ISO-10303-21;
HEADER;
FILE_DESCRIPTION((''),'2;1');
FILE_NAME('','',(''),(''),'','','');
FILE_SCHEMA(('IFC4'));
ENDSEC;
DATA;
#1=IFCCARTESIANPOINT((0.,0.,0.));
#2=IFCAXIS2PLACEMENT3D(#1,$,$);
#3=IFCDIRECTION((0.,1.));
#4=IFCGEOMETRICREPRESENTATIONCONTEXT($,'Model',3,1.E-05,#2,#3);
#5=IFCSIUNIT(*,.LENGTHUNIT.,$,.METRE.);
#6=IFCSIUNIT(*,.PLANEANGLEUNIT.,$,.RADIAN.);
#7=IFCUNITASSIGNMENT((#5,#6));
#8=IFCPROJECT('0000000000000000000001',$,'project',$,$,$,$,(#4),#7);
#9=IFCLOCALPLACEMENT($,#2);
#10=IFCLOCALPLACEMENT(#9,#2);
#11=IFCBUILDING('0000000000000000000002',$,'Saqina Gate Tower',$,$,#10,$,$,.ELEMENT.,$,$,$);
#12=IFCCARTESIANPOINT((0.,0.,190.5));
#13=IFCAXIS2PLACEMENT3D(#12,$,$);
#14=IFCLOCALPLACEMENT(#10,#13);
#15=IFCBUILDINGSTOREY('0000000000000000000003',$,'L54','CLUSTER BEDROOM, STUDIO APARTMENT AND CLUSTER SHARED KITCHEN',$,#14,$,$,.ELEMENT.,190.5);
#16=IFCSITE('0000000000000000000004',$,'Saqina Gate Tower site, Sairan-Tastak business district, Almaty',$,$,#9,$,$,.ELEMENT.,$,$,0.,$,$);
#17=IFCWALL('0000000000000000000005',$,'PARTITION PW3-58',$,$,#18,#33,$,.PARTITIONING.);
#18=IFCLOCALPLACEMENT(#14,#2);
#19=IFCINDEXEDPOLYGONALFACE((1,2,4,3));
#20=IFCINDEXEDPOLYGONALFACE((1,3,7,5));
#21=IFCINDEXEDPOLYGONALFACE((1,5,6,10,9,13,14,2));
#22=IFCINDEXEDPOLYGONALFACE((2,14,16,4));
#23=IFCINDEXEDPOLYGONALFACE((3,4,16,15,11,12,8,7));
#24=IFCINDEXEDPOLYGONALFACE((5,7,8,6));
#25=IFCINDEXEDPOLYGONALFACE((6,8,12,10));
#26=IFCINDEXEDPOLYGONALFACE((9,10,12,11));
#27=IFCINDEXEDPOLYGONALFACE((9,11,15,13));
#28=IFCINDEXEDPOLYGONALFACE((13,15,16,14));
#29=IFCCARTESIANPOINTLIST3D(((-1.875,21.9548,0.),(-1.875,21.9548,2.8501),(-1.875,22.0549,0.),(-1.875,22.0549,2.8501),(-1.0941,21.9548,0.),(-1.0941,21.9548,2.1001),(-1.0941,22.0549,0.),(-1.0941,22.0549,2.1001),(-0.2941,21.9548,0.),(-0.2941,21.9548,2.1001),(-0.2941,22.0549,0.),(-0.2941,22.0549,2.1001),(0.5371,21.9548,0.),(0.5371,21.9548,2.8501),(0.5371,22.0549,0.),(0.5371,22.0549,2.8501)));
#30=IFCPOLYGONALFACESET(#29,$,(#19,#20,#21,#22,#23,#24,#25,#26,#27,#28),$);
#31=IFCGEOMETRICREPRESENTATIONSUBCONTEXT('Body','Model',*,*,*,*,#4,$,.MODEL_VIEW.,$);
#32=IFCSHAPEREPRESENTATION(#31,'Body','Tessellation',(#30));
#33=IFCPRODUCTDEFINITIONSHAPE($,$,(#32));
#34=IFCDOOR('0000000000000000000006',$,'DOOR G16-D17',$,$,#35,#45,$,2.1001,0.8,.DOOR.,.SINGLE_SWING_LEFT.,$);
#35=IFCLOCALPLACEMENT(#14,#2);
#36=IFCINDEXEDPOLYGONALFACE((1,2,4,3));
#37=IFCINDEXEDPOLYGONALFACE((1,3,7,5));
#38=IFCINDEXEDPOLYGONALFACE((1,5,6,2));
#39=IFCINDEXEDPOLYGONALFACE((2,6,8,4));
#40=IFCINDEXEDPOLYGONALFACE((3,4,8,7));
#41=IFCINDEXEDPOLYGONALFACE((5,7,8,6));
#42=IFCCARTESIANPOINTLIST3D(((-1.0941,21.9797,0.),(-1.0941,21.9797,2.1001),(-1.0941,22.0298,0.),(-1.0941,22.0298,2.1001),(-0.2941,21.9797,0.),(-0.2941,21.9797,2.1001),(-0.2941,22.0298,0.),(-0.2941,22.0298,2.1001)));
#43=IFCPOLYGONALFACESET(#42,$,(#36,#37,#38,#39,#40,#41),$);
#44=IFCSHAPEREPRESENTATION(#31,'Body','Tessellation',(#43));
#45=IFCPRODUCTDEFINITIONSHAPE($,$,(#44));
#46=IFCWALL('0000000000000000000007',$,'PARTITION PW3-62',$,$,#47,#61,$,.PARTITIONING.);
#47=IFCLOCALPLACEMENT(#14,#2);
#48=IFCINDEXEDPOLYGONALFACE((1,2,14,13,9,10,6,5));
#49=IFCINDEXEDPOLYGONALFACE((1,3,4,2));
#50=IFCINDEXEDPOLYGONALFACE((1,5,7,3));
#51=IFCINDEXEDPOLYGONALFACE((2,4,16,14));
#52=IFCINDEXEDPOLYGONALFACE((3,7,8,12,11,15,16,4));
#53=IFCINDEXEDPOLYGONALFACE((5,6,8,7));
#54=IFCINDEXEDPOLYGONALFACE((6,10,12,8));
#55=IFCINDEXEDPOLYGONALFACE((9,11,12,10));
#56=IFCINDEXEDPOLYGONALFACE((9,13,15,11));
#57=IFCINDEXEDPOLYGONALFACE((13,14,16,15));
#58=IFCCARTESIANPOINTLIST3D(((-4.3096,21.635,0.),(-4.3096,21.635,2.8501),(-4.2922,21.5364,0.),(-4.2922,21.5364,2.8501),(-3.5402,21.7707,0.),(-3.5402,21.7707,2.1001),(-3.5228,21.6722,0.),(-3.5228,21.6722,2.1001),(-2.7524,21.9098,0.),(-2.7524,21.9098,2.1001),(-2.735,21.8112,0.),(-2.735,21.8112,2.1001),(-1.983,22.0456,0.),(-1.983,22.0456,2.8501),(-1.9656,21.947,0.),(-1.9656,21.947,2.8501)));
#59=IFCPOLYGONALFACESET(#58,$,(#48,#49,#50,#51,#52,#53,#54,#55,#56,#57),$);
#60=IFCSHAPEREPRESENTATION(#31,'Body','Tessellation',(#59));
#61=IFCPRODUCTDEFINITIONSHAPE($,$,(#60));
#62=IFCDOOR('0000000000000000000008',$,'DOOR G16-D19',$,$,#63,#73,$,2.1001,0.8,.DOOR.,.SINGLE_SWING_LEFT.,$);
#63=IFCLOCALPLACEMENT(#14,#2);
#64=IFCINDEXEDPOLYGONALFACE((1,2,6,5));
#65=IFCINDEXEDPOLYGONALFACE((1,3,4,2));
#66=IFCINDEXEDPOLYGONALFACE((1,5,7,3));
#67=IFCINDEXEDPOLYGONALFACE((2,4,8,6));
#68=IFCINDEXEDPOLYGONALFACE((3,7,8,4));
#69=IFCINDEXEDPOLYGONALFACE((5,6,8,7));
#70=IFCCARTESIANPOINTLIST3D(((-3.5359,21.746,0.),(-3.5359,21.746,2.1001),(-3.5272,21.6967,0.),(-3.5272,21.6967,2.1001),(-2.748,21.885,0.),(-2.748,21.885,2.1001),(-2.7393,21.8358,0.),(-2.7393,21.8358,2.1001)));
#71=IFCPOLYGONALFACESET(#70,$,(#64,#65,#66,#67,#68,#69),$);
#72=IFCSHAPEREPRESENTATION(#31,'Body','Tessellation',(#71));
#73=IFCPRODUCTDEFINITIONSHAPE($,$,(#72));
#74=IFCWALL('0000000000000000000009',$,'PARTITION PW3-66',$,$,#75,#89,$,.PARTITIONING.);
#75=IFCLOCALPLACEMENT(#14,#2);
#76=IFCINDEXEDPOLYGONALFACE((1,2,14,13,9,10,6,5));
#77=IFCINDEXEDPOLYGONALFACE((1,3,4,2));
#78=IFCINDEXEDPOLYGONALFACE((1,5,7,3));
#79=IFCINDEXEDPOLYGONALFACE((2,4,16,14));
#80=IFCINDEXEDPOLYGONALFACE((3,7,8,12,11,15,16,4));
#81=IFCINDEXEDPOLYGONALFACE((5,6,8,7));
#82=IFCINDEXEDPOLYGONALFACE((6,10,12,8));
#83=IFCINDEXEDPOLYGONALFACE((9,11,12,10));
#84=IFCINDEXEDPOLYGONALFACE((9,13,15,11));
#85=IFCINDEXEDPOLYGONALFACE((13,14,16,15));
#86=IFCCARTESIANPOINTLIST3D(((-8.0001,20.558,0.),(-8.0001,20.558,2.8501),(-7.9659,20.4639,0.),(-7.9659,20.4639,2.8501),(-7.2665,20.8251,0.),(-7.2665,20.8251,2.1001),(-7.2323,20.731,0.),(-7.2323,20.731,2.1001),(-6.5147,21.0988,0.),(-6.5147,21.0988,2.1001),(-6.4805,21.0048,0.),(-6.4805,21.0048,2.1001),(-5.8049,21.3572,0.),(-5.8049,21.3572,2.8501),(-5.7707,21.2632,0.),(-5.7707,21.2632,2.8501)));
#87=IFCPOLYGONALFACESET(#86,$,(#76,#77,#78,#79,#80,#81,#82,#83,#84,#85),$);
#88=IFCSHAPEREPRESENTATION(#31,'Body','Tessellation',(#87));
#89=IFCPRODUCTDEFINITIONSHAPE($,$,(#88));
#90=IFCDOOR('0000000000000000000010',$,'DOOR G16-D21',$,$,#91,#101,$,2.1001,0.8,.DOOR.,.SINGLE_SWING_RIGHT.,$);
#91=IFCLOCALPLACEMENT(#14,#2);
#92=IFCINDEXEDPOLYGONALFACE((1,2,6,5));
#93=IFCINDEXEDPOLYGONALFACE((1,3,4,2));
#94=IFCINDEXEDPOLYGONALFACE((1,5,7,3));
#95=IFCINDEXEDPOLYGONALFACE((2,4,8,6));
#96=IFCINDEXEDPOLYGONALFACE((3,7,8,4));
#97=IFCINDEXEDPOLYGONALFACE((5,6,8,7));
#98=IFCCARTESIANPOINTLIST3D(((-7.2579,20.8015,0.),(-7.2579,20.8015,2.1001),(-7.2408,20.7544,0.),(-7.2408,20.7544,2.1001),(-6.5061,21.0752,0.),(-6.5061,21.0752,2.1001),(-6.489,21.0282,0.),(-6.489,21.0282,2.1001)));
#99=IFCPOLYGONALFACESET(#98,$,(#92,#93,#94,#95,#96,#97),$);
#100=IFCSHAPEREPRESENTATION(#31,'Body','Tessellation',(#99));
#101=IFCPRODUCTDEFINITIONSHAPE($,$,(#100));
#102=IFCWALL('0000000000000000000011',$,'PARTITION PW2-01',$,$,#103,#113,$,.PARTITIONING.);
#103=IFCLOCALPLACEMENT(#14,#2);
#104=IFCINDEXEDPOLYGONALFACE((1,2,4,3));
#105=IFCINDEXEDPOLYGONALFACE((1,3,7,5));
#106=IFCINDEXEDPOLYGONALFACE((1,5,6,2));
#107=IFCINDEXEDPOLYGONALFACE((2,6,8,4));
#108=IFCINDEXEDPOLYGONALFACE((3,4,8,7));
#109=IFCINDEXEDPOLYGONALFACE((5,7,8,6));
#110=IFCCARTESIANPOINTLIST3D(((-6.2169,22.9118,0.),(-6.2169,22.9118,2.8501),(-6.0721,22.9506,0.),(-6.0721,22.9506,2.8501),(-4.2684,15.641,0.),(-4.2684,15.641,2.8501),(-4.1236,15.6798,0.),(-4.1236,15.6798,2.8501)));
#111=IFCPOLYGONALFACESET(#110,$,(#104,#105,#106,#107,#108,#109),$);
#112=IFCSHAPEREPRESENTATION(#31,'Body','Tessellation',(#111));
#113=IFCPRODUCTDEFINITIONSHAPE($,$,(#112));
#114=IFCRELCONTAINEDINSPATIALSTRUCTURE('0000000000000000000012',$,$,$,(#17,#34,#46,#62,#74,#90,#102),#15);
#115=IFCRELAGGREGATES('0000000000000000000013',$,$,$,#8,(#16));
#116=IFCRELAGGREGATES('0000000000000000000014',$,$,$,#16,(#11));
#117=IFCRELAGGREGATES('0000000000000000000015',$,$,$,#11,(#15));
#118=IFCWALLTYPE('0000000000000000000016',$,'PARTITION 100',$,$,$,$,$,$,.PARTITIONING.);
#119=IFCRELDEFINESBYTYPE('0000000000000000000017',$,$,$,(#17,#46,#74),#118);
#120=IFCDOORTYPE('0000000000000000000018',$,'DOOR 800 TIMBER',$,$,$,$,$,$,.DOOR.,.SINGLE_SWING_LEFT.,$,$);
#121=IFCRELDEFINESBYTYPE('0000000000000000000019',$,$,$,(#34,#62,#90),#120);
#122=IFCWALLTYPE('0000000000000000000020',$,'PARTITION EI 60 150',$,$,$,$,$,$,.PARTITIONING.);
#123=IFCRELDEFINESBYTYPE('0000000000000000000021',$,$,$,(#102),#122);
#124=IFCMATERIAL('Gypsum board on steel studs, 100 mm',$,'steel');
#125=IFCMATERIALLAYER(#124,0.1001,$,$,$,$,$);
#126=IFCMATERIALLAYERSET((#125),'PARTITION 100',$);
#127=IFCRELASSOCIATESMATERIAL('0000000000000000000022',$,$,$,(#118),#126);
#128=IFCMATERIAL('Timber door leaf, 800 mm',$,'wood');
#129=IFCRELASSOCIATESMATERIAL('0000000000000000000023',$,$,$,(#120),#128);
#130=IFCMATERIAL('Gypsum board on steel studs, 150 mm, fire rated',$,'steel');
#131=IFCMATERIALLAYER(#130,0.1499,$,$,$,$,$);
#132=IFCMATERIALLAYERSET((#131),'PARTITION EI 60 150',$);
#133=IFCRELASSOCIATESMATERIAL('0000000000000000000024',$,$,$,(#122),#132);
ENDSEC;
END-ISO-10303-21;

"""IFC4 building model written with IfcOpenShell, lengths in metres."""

from ifc_helpers import new_model, si_unit, direction, frame, frame_2d, origin, place, context, subcontext, project, spatial, rectangle, extrude, material, layer, layer_set, type_object, element, fill, save


model = new_model("IFC4")

# Units and contexts
model_context = context("Model", 3, precision=1e-05, world=origin(), true_north=direction((0.0, 1.0)))
body_context = subcontext(model_context, "Body", "Model", "MODEL_VIEW")
ifc_project = project(units=[si_unit("LENGTHUNIT", "METRE"), si_unit("PLANEANGLEUNIT", "RADIAN")], contexts=[model_context])

# Site, building, storey
site_placement = place(None, origin())
site = spatial("IfcSite", under=ifc_project, at=site_placement, Name="Saqina Gate Tower site, Sairan-Tastak business district, Almaty", CompositionType="ELEMENT", RefElevation=0.0)
building_placement = place(site_placement, origin())
building = spatial("IfcBuilding", under=site, at=building_placement, Name="Saqina Gate Tower", CompositionType="ELEMENT")
storey_placement = place(building_placement, frame((0.0, 0.0, 190.5)))
storey = spatial("IfcBuildingStorey", under=building, at=storey_placement, Name="L54", Description="CLUSTER BEDROOM, STUDIO APARTMENT AND CLUSTER SHARED KITCHEN", CompositionType="ELEMENT", Elevation=190.5)

# Shared definitions
ifc_material_1 = material(Name="Gypsum board on steel studs, 100 mm", Category="steel")
ifc_layer_1 = layer(ifc_material_1, 0.1001)
ifc_layer_set_1 = layer_set([ifc_layer_1], Name="PARTITION 100")
wall_type_1 = type_object("IfcWallType", Name="PARTITION 100", PredefinedType="PARTITIONING", material=ifc_layer_set_1)

# Walls, openings, doors
wall_1_placement = place(storey_placement, frame((-1.875, 22.0049, 0.0), z_axis=(0.0, 0.0, 1.0), x_axis=(1.0, 0.0, 0.0)))
wall_1 = element("IfcWall", 1, at=wall_1_placement, inside=storey, type_object=wall_type_1, Name="PARTITION PW3-58", PredefinedType="PARTITIONING", context=body_context, shape_type="SweptSolid", body=[
    extrude(rectangle(XDim=2.4121, YDim=0.1001, at=frame_2d((1.2061, 0.0))), origin(), (0.0, 0.0, 1.0), 2.8501),
])
opening_1_placement = place(wall_1_placement, frame((0.781, 0.0, 0.0)))
opening_1 = element("IfcOpeningElement", 2, at=opening_1_placement, cuts=wall_1, PredefinedType="OPENING", context=body_context, shape_type="SweptSolid", body=[
    extrude(rectangle(XDim=0.8, YDim=2.1001, at=frame_2d((0.3999, 1.05))), frame((0.0, 0.062, 0.0), z_axis=(0.0, -1.0, 0.0), x_axis=(1.0, 0.0, 0.0)), (0.0, 0.0, 1.0), 0.124),
])
ifc_material_2 = material(Name="Timber door leaf, 800 mm", Category="wood")
door_type = type_object("IfcDoorType", Name="DOOR 800 TIMBER", OperationType="SINGLE_SWING_LEFT", PredefinedType="DOOR", material=ifc_material_2)
door_1_placement = place(opening_1_placement, origin())
door_1 = element("IfcDoor", 3, at=door_1_placement, inside=storey, type_object=door_type, Name="DOOR G16-D17", OperationType="SINGLE_SWING_LEFT", OverallHeight=2.1001, OverallWidth=0.8, PredefinedType="DOOR", context=body_context, shape_type="SweptSolid", body=[
    extrude(rectangle(XDim=0.8, YDim=2.1001, at=frame_2d((0.3999, 1.05))), frame((0.0, 0.0249, 0.0), z_axis=(0.0, -1.0, 0.0), x_axis=(1.0, 0.0, 0.0)), (0.0, 0.0, 1.0), 0.05),
])
fill(opening_1, door_1)
wall_2_placement = place(storey_placement, frame((-4.3008, 21.5857, 0.0), z_axis=(0.0, 0.0, 1.0), x_axis=(0.984779, 0.173809, 0.0)))
wall_2 = element("IfcWall", 4, at=wall_2_placement, inside=storey, type_object=wall_type_1, Name="PARTITION PW3-62", PredefinedType="PARTITIONING", context=body_context, shape_type="SweptSolid", body=[
    extrude(rectangle(XDim=2.3625, YDim=0.1001, at=frame_2d((1.1812, 0.0))), origin(), (0.0, 0.0, 1.0), 2.8501),
])
opening_2_placement = place(wall_2_placement, frame((0.7812, 0.0, 0.0)))
opening_2 = element("IfcOpeningElement", 5, at=opening_2_placement, cuts=wall_2, PredefinedType="OPENING", context=body_context, shape_type="SweptSolid", body=[
    extrude(rectangle(XDim=0.8, YDim=2.1001, at=frame_2d((0.3999, 1.05))), frame((0.0, 0.062, 0.0), z_axis=(0.0, -1.0, 0.0), x_axis=(1.0, 0.0, 0.0)), (0.0, 0.0, 1.0), 0.124),
])
door_2_placement = place(opening_2_placement, origin())
door_2 = element("IfcDoor", 6, at=door_2_placement, inside=storey, type_object=door_type, Name="DOOR G16-D19", OperationType="SINGLE_SWING_LEFT", OverallHeight=2.1001, OverallWidth=0.8, PredefinedType="DOOR", context=body_context, shape_type="SweptSolid", body=[
    extrude(rectangle(XDim=0.8, YDim=2.1001, at=frame_2d((0.3999, 1.05))), frame((0.0, 0.0249, 0.0), z_axis=(0.0, -1.0, 0.0), x_axis=(1.0, 0.0, 0.0)), (0.0, 0.0, 1.0), 0.05),
])
fill(opening_2, door_2)
wall_3_placement = place(storey_placement, frame((-7.9829, 20.511, 0.0), z_axis=(0.0, 0.0, 1.0), x_axis=(0.939653, 0.342129, 0.0)))
wall_3 = element("IfcWall", 7, at=wall_3_placement, inside=storey, type_object=wall_type_1, Name="PARTITION PW3-66", PredefinedType="PARTITIONING", context=body_context, shape_type="SweptSolid", body=[
    extrude(rectangle(XDim=2.3362, YDim=0.1001, at=frame_2d((1.168, 0.0))), origin(), (0.0, 0.0, 1.0), 2.8501),
])
opening_3_placement = place(wall_3_placement, frame((0.7808, 0.0, 0.0)))
opening_3 = element("IfcOpeningElement", 8, at=opening_3_placement, cuts=wall_3, PredefinedType="OPENING", context=body_context, shape_type="SweptSolid", body=[
    extrude(rectangle(XDim=0.8, YDim=2.1001, at=frame_2d((0.3999, 1.05))), frame((0.0, 0.062, 0.0), z_axis=(0.0, -1.0, 0.0), x_axis=(1.0, 0.0, 0.0)), (0.0, 0.0, 1.0), 0.124),
])
door_3_placement = place(opening_3_placement, origin())
door_3 = element("IfcDoor", 9, at=door_3_placement, inside=storey, type_object=door_type, Name="DOOR G16-D21", OperationType="SINGLE_SWING_RIGHT", OverallHeight=2.1001, OverallWidth=0.8, PredefinedType="DOOR", context=body_context, shape_type="SweptSolid", body=[
    extrude(rectangle(XDim=0.8, YDim=2.1001, at=frame_2d((0.3999, 1.05))), frame((0.0, 0.0249, 0.0), z_axis=(0.0, -1.0, 0.0), x_axis=(1.0, 0.0, 0.0)), (0.0, 0.0, 1.0), 0.05),
])
fill(opening_3, door_3)

# Wall
ifc_material_3 = material(Name="Gypsum board on steel studs, 150 mm, fire rated", Category="steel")
ifc_layer_2 = layer(ifc_material_3, 0.1499)
ifc_layer_set_2 = layer_set([ifc_layer_2], Name="PARTITION EI 60 150")
wall_type_2 = type_object("IfcWallType", Name="PARTITION EI 60 150", PredefinedType="PARTITIONING", material=ifc_layer_set_2)
wall_4_placement = place(storey_placement, frame((-6.1445, 22.9312, 0.0), z_axis=(0.0, 0.0, 1.0), x_axis=(0.258856, -0.965916, 0.0)))
element("IfcWall", 10, at=wall_4_placement, inside=storey, type_object=wall_type_2, Name="PARTITION PW2-01", PredefinedType="PARTITIONING", context=body_context, shape_type="SweptSolid", body=[
    extrude(rectangle(XDim=7.5273, YDim=0.1499, at=frame_2d((3.7637, 0.0))), origin(), (0.0, 0.0, 1.0), 2.8501),
])

save(model, "model.ifc")
